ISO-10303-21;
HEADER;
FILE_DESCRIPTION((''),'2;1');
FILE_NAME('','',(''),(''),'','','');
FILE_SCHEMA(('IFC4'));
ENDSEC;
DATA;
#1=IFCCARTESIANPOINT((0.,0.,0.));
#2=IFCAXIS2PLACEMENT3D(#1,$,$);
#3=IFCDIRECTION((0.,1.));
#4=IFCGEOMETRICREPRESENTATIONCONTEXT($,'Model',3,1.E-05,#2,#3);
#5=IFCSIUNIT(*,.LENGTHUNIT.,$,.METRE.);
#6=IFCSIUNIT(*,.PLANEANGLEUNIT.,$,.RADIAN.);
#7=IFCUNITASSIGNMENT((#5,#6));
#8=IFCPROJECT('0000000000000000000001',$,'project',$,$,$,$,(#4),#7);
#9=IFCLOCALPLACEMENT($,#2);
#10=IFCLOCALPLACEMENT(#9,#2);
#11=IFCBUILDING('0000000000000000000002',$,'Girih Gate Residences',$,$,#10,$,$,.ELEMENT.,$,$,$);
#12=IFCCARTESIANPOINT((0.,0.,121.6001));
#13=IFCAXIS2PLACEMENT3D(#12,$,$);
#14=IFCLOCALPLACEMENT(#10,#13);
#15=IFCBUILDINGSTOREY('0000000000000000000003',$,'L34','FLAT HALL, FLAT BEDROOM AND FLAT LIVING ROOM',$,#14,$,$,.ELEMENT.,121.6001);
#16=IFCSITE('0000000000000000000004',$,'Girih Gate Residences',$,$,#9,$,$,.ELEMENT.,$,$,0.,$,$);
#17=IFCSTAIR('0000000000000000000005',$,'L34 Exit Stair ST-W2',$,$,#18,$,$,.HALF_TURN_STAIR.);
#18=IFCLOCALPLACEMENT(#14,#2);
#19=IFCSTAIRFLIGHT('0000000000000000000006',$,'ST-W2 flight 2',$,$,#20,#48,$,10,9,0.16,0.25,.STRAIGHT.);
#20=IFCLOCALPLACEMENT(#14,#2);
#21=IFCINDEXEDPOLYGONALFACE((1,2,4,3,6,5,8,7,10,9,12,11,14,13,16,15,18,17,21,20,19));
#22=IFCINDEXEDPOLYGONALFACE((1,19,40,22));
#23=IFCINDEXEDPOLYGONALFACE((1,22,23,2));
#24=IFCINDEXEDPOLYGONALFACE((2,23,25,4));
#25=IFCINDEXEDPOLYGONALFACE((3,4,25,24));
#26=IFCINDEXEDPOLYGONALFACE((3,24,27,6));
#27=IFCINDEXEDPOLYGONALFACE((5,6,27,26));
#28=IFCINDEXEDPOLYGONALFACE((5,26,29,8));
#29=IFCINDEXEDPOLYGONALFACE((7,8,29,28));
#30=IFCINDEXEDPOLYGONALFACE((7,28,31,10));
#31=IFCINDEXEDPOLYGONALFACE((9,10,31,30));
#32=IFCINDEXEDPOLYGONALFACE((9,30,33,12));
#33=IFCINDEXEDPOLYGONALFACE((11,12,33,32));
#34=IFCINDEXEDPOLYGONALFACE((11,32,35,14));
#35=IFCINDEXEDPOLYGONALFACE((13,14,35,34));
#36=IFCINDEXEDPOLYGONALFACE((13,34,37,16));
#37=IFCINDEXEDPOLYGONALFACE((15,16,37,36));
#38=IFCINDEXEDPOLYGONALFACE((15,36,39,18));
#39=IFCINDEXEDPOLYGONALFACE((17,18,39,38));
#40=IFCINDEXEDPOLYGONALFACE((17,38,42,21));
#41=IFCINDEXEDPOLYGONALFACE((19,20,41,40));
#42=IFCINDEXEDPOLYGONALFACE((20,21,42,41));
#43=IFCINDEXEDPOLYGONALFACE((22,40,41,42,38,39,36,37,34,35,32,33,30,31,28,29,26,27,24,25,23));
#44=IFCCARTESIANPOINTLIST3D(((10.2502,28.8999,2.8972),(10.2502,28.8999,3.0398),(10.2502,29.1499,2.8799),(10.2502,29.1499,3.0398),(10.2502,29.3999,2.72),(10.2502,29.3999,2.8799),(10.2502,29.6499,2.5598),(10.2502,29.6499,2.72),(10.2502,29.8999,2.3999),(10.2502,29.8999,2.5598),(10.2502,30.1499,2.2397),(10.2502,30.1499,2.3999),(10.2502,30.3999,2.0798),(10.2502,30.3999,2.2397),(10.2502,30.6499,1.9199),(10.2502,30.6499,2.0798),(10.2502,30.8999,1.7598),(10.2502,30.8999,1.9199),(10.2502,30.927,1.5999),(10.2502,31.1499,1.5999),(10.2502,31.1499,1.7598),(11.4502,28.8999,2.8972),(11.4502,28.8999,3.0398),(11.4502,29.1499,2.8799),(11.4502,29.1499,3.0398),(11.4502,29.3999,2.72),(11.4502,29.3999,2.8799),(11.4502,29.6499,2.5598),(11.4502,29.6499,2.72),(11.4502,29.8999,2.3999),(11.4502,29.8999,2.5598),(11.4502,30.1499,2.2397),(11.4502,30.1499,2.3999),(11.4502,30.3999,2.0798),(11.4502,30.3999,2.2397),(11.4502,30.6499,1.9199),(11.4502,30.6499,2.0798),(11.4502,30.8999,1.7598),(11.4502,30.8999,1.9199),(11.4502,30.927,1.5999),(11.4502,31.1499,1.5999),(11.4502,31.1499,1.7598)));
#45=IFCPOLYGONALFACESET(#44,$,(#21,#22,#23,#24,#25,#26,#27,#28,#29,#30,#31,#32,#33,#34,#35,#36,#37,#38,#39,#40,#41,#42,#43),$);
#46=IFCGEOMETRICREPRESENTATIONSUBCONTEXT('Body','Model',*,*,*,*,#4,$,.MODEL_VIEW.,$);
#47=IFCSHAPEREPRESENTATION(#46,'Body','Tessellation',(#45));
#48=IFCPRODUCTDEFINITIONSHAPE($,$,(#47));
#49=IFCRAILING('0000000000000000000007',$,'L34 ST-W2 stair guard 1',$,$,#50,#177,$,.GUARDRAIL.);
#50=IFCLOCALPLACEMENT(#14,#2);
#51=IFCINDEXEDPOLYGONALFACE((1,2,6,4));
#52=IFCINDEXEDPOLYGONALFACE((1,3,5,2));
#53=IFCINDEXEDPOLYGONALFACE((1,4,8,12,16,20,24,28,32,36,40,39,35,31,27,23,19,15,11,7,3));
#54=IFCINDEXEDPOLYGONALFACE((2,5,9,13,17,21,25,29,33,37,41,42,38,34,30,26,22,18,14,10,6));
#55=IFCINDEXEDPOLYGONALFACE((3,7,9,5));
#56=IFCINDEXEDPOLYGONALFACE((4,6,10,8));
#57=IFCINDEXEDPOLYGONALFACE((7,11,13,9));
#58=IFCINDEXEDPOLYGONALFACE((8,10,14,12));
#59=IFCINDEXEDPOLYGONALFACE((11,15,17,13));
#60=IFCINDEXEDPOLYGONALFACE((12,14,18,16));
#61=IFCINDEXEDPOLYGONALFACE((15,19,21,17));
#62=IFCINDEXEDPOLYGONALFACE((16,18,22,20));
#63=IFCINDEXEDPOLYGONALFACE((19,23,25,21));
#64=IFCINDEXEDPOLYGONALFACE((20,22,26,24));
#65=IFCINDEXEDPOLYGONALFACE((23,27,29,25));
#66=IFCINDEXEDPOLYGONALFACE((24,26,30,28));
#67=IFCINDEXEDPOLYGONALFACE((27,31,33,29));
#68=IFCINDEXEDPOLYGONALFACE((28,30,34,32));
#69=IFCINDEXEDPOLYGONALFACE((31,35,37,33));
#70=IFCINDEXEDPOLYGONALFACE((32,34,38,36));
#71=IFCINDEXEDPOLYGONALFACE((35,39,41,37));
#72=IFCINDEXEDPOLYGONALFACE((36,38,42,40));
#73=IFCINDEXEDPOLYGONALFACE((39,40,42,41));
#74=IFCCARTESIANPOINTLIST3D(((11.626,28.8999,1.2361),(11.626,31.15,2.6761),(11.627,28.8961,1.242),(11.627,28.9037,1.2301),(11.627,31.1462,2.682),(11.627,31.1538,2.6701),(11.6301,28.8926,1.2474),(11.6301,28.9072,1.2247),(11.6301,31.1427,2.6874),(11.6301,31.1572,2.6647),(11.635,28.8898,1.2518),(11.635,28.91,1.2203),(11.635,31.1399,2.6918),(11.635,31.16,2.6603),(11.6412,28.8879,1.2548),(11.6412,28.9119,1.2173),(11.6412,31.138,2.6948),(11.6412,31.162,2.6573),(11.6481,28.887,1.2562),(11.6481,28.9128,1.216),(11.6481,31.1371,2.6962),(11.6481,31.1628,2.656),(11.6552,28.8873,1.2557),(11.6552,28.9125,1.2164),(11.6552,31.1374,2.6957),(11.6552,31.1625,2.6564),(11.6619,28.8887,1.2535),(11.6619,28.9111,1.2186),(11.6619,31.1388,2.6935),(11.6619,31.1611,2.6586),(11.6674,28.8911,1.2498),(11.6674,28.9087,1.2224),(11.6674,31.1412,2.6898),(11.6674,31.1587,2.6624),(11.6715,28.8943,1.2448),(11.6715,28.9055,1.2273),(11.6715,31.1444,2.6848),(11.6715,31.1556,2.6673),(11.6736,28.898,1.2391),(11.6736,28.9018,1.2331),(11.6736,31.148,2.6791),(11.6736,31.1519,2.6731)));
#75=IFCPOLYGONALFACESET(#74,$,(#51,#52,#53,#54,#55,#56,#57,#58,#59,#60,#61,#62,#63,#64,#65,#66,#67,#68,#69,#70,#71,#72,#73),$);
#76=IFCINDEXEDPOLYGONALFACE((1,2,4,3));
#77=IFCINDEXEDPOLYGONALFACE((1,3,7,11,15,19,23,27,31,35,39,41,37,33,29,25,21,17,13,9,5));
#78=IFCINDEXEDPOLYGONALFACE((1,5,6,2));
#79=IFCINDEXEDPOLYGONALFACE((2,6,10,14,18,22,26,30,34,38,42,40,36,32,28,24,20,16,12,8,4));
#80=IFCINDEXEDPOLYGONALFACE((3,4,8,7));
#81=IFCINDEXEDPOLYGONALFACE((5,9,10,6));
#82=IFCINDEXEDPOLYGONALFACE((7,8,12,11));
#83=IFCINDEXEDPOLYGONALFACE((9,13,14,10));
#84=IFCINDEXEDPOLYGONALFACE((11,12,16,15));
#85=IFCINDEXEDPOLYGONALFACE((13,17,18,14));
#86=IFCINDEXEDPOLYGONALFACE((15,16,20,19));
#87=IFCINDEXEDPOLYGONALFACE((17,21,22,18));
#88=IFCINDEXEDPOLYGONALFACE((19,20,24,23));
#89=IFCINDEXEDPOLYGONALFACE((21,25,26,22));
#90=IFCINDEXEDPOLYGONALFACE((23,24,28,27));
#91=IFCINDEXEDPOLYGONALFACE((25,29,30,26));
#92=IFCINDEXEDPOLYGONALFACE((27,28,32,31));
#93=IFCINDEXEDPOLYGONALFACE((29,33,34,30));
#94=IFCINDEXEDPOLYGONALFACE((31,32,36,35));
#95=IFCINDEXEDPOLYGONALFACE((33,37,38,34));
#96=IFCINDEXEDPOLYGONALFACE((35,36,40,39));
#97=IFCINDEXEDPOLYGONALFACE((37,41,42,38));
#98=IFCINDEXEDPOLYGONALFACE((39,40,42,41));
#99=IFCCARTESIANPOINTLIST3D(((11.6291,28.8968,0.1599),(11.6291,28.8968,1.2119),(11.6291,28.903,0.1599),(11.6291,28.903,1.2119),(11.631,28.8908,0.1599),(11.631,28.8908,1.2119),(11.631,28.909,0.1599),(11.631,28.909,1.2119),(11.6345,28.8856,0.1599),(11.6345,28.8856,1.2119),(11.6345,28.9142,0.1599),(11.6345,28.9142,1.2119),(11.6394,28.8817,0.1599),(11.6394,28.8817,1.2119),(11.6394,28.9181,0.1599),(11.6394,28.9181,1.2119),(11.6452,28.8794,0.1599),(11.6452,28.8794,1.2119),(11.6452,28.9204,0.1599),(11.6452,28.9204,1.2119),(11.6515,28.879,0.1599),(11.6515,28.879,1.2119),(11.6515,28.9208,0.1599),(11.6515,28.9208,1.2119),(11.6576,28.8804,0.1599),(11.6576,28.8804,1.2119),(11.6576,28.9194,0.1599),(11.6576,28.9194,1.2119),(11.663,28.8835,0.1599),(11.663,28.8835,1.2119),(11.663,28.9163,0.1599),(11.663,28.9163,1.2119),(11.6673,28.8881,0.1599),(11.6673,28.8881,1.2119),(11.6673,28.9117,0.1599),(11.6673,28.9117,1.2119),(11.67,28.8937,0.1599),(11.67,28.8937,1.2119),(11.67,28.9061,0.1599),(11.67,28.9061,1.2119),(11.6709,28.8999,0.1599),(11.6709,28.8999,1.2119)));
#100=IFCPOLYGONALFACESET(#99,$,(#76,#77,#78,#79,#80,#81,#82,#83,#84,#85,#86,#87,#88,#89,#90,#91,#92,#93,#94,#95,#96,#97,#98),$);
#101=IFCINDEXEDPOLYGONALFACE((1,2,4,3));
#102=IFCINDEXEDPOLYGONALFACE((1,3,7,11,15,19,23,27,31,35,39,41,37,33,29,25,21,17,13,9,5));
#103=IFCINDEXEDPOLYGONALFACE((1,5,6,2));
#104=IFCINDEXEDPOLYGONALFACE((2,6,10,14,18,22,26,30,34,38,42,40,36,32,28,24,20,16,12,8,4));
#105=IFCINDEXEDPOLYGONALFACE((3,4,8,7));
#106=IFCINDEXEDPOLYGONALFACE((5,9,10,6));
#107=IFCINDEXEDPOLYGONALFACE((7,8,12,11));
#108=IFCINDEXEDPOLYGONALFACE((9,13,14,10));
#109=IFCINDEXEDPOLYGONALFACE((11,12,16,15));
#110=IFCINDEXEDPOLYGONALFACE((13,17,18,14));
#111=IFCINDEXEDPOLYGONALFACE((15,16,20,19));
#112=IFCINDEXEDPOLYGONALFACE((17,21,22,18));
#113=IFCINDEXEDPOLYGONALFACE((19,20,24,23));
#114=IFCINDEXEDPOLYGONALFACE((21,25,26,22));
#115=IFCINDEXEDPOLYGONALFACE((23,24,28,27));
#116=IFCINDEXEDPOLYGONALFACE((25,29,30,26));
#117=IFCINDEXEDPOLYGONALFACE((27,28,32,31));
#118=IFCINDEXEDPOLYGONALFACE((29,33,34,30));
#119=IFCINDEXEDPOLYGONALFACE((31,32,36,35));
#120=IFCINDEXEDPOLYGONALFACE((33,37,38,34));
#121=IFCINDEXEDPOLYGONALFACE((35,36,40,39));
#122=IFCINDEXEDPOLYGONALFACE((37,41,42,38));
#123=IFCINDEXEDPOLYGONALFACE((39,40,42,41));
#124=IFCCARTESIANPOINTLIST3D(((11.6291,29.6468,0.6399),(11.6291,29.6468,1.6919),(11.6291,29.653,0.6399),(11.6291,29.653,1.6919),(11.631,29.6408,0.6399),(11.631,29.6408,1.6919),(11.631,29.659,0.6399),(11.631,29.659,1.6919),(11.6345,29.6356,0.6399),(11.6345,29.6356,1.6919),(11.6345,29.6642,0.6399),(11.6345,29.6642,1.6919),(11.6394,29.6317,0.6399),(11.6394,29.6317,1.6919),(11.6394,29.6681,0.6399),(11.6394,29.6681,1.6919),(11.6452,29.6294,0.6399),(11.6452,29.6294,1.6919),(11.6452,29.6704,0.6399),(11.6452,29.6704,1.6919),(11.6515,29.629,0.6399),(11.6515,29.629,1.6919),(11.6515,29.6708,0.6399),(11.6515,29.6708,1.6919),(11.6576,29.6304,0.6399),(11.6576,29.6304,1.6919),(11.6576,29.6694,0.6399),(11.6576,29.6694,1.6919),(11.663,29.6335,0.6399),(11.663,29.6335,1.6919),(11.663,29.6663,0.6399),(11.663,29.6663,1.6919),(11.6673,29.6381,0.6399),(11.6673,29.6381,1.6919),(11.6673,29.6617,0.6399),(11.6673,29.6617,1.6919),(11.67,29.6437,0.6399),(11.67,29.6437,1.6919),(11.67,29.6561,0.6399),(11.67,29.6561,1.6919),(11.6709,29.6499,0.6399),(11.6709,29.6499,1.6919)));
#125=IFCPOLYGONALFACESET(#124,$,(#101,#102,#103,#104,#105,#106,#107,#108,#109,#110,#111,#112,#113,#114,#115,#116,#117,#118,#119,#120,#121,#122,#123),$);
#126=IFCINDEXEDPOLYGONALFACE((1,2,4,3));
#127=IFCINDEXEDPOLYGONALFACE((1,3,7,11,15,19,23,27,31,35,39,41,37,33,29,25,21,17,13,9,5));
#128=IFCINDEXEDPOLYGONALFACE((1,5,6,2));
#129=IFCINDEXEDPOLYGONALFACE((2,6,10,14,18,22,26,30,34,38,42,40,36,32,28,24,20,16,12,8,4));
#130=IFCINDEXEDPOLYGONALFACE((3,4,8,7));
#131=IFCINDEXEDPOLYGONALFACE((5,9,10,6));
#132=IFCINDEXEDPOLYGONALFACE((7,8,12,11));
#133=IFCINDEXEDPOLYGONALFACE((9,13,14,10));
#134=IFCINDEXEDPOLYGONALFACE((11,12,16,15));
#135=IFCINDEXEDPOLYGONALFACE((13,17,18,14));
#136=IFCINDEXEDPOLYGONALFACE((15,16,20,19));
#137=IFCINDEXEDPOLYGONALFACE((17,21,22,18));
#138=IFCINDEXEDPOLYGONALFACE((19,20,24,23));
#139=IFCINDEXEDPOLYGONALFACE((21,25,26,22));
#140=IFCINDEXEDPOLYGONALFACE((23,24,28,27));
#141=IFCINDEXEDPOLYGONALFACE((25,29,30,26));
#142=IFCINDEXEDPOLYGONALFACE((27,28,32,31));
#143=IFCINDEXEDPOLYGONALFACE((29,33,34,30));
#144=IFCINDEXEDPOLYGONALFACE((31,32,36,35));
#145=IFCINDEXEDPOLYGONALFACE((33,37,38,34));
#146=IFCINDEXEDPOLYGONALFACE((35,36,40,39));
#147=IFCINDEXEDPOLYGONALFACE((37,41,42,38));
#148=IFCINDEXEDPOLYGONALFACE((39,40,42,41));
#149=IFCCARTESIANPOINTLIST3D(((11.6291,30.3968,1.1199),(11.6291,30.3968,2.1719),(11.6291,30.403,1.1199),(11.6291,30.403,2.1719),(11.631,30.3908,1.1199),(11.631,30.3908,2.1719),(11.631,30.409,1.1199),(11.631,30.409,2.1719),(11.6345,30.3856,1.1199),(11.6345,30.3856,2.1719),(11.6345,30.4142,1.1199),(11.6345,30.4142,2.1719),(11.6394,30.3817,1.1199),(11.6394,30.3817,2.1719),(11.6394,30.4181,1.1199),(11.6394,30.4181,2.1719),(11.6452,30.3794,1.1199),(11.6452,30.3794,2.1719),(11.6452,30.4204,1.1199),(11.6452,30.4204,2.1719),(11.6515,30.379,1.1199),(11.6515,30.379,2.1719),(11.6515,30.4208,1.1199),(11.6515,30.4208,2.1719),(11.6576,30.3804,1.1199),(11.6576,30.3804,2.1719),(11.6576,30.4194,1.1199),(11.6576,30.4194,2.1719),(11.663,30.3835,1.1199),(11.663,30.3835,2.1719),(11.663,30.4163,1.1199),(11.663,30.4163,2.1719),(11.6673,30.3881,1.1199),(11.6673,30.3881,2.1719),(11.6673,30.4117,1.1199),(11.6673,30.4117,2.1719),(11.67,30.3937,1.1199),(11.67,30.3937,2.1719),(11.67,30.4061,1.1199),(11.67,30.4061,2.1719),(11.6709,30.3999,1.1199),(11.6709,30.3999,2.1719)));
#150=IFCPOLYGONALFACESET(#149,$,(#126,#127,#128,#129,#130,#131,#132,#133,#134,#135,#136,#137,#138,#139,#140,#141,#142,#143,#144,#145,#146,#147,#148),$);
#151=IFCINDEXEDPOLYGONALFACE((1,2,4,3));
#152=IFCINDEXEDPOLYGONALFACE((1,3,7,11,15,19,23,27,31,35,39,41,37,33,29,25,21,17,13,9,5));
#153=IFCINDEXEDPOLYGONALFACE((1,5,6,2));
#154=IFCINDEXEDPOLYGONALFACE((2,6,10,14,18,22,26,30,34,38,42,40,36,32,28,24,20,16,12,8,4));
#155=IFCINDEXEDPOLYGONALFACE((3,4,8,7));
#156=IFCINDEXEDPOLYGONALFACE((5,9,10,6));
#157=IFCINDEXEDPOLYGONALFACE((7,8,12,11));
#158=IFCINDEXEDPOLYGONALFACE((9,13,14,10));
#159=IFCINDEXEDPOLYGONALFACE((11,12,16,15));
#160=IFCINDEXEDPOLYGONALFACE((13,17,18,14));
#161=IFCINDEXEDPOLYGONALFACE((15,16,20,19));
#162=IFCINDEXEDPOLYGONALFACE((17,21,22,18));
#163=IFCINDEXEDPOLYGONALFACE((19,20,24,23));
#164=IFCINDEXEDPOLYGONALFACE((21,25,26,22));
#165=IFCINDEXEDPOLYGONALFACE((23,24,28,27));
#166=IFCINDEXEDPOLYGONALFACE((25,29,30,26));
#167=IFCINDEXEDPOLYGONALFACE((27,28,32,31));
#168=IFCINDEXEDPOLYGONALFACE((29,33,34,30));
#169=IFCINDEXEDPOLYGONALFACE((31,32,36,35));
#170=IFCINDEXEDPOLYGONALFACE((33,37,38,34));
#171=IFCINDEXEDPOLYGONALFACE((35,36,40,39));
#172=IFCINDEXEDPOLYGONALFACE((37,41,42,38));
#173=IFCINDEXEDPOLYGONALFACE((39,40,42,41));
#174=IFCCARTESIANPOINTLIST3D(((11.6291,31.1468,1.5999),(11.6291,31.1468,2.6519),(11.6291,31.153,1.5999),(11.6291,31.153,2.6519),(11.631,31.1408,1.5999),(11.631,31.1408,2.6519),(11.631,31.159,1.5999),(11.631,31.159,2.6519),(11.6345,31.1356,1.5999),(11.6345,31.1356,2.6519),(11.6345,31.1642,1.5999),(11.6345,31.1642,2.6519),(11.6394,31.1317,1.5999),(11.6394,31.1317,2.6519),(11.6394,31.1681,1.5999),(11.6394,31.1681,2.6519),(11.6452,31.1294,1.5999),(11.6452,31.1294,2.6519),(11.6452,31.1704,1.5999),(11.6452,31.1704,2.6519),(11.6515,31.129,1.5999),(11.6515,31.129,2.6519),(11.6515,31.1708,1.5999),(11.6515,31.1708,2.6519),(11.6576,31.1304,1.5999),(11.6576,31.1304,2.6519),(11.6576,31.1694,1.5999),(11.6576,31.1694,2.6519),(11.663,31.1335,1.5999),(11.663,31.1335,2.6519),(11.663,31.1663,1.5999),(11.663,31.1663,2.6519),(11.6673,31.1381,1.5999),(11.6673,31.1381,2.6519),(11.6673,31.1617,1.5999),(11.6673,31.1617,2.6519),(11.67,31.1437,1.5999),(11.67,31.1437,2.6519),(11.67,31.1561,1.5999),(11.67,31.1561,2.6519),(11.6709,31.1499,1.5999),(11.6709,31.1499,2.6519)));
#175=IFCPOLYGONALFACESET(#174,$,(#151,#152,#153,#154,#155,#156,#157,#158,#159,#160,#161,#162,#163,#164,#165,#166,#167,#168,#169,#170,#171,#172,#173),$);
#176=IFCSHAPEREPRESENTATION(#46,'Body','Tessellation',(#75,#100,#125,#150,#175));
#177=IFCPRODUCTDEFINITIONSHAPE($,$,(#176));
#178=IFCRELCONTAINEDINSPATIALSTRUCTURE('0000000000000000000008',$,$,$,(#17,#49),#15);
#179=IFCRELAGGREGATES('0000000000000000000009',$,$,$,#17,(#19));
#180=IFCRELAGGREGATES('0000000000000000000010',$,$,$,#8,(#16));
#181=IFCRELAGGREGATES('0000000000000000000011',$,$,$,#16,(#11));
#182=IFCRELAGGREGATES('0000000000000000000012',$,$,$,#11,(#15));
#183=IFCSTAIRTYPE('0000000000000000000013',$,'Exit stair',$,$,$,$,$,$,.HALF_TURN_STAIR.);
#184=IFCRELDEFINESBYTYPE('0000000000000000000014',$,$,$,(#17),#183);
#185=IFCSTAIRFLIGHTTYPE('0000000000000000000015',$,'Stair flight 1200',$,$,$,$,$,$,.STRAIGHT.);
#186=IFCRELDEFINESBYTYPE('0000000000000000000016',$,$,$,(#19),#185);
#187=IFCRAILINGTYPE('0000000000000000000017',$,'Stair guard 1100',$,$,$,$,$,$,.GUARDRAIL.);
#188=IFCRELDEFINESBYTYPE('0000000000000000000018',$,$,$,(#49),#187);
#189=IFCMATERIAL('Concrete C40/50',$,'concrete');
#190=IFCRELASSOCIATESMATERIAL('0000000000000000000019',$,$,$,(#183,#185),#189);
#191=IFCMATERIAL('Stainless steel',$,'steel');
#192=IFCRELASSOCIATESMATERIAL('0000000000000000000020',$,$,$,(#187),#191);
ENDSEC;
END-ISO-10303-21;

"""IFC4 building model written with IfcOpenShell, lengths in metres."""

from ifc_helpers import new_model, si_unit, direction, frame, origin, origin_2d, place, context, subcontext, project, spatial, polyline, circle, outline, extrude, material, type_object, element, aggregate, save


model = new_model("IFC4")

# Units and contexts
model_context = context("Model", 3, precision=1e-05, world=origin(), true_north=direction((0.0, 1.0)))
body_context = subcontext(model_context, "Body", "Model", "MODEL_VIEW")
ifc_project = project(units=[si_unit("LENGTHUNIT", "METRE"), si_unit("PLANEANGLEUNIT", "RADIAN")], contexts=[model_context])

# Site, building, storey
site_placement = place(None, origin())
site = spatial("IfcSite", under=ifc_project, at=site_placement, Name="Girih Gate Residences", CompositionType="ELEMENT", RefElevation=0.0)
building_placement = place(site_placement, origin())
building = spatial("IfcBuilding", under=site, at=building_placement, Name="Girih Gate Residences", CompositionType="ELEMENT")
storey_placement = place(building_placement, frame((0.0, 0.0, 121.6001)))
storey = spatial("IfcBuildingStorey", under=building, at=storey_placement, Name="L34", Description="FLAT HALL, FLAT BEDROOM AND FLAT LIVING ROOM", CompositionType="ELEMENT", Elevation=121.6001)

# Shared definitions
ifc_material_1 = material(Name="Concrete C40/50", Category="concrete")

# Stair, stair flight
stair_type = type_object("IfcStairType", Name="Exit stair", PredefinedType="HALF_TURN_STAIR", material=ifc_material_1)
stair_placement = place(storey_placement, origin())
stair = element("IfcStair", 1, at=stair_placement, inside=storey, type_object=stair_type, Name="L34 Exit Stair ST-W2", PredefinedType="HALF_TURN_STAIR")
stair_flight_type = type_object("IfcStairFlightType", Name="Stair flight 1200", PredefinedType="STRAIGHT", material=ifc_material_1)
stair_flight_1_placement = place(storey_placement, frame((10.8501, 31.1499, 1.5999), z_axis=(0.0, 0.0, 1.0), x_axis=(0.0, -1.0, 0.0)))
stair_flight_1 = element("IfcStairFlight", 2, at=stair_flight_1_placement, type_object=stair_flight_type, Name="ST-W2 flight 2", NumberOfRisers=10, NumberOfTreads=9, PredefinedType="STRAIGHT", RiserHeight=0.16, TreadLength=0.25, context=body_context, shape_type="SweptSolid", body=[
    extrude(outline(polyline([(0.0, 0.0), (0.0, 0.1599), (0.25, 0.1599), (0.25, 0.3201), (0.5, 0.3201), (0.5, 0.48), (0.75, 0.48), (0.75, 0.6399), (1.0, 0.6399), (1.0, 0.8), (1.25, 0.8), (1.25, 0.96), (1.5, 0.96), (1.5, 1.1201), (1.75, 1.1201), (1.75, 1.28), (2.0, 1.28), (2.0, 1.4399), (2.25, 1.4399), (2.25, 1.6001), (2.25, 1.2974), (0.2229, 0.0), (0.0, 0.0)])), frame((0.0, 0.6001, 0.0), z_axis=(0.0, -1.0, 0.0), x_axis=(1.0, 0.0, 0.0)), (0.0, 0.0, 1.0), 1.2),
])
aggregate(stair, [stair_flight_1])

# Railing
ifc_material_2 = material(Name="Stainless steel", Category="steel")
railing_type_1 = type_object("IfcRailingType", Name="Stair guard 1100", PredefinedType="GUARDRAIL", material=ifc_material_2)
railing_1_placement = place(storey_placement, frame((11.6499, 28.8999, 0.1599)))
element("IfcRailing", 3, at=railing_1_placement, inside=storey, type_object=railing_type_1, Name="L34 ST-W2 stair guard 1", PredefinedType="GUARDRAIL", context=body_context, shape_type="SweptSolid", body=[
    extrude(circle(Radius=0.0239, at=origin_2d()), frame((0.0, 0.0, 1.0762), z_axis=(0.0, 0.842281, 0.539038), x_axis=(-1.0, 0.0, 0.0)), (0.0, 0.0, 1.0), 2.6714),
    extrude(circle(Radius=0.021, at=origin_2d()), origin(), (0.0, 0.0, 1.0), 1.052),
    extrude(circle(Radius=0.021, at=origin_2d()), frame((0.0, 0.75, 0.48)), (0.0, 0.0, 1.0), 1.052),
    extrude(circle(Radius=0.021, at=origin_2d()), frame((0.0, 1.5, 0.96)), (0.0, 0.0, 1.0), 1.052),
    extrude(circle(Radius=0.021, at=origin_2d()), frame((0.0, 2.25, 1.4399)), (0.0, 0.0, 1.0), 1.052),
])

save(model, "model.ifc")
